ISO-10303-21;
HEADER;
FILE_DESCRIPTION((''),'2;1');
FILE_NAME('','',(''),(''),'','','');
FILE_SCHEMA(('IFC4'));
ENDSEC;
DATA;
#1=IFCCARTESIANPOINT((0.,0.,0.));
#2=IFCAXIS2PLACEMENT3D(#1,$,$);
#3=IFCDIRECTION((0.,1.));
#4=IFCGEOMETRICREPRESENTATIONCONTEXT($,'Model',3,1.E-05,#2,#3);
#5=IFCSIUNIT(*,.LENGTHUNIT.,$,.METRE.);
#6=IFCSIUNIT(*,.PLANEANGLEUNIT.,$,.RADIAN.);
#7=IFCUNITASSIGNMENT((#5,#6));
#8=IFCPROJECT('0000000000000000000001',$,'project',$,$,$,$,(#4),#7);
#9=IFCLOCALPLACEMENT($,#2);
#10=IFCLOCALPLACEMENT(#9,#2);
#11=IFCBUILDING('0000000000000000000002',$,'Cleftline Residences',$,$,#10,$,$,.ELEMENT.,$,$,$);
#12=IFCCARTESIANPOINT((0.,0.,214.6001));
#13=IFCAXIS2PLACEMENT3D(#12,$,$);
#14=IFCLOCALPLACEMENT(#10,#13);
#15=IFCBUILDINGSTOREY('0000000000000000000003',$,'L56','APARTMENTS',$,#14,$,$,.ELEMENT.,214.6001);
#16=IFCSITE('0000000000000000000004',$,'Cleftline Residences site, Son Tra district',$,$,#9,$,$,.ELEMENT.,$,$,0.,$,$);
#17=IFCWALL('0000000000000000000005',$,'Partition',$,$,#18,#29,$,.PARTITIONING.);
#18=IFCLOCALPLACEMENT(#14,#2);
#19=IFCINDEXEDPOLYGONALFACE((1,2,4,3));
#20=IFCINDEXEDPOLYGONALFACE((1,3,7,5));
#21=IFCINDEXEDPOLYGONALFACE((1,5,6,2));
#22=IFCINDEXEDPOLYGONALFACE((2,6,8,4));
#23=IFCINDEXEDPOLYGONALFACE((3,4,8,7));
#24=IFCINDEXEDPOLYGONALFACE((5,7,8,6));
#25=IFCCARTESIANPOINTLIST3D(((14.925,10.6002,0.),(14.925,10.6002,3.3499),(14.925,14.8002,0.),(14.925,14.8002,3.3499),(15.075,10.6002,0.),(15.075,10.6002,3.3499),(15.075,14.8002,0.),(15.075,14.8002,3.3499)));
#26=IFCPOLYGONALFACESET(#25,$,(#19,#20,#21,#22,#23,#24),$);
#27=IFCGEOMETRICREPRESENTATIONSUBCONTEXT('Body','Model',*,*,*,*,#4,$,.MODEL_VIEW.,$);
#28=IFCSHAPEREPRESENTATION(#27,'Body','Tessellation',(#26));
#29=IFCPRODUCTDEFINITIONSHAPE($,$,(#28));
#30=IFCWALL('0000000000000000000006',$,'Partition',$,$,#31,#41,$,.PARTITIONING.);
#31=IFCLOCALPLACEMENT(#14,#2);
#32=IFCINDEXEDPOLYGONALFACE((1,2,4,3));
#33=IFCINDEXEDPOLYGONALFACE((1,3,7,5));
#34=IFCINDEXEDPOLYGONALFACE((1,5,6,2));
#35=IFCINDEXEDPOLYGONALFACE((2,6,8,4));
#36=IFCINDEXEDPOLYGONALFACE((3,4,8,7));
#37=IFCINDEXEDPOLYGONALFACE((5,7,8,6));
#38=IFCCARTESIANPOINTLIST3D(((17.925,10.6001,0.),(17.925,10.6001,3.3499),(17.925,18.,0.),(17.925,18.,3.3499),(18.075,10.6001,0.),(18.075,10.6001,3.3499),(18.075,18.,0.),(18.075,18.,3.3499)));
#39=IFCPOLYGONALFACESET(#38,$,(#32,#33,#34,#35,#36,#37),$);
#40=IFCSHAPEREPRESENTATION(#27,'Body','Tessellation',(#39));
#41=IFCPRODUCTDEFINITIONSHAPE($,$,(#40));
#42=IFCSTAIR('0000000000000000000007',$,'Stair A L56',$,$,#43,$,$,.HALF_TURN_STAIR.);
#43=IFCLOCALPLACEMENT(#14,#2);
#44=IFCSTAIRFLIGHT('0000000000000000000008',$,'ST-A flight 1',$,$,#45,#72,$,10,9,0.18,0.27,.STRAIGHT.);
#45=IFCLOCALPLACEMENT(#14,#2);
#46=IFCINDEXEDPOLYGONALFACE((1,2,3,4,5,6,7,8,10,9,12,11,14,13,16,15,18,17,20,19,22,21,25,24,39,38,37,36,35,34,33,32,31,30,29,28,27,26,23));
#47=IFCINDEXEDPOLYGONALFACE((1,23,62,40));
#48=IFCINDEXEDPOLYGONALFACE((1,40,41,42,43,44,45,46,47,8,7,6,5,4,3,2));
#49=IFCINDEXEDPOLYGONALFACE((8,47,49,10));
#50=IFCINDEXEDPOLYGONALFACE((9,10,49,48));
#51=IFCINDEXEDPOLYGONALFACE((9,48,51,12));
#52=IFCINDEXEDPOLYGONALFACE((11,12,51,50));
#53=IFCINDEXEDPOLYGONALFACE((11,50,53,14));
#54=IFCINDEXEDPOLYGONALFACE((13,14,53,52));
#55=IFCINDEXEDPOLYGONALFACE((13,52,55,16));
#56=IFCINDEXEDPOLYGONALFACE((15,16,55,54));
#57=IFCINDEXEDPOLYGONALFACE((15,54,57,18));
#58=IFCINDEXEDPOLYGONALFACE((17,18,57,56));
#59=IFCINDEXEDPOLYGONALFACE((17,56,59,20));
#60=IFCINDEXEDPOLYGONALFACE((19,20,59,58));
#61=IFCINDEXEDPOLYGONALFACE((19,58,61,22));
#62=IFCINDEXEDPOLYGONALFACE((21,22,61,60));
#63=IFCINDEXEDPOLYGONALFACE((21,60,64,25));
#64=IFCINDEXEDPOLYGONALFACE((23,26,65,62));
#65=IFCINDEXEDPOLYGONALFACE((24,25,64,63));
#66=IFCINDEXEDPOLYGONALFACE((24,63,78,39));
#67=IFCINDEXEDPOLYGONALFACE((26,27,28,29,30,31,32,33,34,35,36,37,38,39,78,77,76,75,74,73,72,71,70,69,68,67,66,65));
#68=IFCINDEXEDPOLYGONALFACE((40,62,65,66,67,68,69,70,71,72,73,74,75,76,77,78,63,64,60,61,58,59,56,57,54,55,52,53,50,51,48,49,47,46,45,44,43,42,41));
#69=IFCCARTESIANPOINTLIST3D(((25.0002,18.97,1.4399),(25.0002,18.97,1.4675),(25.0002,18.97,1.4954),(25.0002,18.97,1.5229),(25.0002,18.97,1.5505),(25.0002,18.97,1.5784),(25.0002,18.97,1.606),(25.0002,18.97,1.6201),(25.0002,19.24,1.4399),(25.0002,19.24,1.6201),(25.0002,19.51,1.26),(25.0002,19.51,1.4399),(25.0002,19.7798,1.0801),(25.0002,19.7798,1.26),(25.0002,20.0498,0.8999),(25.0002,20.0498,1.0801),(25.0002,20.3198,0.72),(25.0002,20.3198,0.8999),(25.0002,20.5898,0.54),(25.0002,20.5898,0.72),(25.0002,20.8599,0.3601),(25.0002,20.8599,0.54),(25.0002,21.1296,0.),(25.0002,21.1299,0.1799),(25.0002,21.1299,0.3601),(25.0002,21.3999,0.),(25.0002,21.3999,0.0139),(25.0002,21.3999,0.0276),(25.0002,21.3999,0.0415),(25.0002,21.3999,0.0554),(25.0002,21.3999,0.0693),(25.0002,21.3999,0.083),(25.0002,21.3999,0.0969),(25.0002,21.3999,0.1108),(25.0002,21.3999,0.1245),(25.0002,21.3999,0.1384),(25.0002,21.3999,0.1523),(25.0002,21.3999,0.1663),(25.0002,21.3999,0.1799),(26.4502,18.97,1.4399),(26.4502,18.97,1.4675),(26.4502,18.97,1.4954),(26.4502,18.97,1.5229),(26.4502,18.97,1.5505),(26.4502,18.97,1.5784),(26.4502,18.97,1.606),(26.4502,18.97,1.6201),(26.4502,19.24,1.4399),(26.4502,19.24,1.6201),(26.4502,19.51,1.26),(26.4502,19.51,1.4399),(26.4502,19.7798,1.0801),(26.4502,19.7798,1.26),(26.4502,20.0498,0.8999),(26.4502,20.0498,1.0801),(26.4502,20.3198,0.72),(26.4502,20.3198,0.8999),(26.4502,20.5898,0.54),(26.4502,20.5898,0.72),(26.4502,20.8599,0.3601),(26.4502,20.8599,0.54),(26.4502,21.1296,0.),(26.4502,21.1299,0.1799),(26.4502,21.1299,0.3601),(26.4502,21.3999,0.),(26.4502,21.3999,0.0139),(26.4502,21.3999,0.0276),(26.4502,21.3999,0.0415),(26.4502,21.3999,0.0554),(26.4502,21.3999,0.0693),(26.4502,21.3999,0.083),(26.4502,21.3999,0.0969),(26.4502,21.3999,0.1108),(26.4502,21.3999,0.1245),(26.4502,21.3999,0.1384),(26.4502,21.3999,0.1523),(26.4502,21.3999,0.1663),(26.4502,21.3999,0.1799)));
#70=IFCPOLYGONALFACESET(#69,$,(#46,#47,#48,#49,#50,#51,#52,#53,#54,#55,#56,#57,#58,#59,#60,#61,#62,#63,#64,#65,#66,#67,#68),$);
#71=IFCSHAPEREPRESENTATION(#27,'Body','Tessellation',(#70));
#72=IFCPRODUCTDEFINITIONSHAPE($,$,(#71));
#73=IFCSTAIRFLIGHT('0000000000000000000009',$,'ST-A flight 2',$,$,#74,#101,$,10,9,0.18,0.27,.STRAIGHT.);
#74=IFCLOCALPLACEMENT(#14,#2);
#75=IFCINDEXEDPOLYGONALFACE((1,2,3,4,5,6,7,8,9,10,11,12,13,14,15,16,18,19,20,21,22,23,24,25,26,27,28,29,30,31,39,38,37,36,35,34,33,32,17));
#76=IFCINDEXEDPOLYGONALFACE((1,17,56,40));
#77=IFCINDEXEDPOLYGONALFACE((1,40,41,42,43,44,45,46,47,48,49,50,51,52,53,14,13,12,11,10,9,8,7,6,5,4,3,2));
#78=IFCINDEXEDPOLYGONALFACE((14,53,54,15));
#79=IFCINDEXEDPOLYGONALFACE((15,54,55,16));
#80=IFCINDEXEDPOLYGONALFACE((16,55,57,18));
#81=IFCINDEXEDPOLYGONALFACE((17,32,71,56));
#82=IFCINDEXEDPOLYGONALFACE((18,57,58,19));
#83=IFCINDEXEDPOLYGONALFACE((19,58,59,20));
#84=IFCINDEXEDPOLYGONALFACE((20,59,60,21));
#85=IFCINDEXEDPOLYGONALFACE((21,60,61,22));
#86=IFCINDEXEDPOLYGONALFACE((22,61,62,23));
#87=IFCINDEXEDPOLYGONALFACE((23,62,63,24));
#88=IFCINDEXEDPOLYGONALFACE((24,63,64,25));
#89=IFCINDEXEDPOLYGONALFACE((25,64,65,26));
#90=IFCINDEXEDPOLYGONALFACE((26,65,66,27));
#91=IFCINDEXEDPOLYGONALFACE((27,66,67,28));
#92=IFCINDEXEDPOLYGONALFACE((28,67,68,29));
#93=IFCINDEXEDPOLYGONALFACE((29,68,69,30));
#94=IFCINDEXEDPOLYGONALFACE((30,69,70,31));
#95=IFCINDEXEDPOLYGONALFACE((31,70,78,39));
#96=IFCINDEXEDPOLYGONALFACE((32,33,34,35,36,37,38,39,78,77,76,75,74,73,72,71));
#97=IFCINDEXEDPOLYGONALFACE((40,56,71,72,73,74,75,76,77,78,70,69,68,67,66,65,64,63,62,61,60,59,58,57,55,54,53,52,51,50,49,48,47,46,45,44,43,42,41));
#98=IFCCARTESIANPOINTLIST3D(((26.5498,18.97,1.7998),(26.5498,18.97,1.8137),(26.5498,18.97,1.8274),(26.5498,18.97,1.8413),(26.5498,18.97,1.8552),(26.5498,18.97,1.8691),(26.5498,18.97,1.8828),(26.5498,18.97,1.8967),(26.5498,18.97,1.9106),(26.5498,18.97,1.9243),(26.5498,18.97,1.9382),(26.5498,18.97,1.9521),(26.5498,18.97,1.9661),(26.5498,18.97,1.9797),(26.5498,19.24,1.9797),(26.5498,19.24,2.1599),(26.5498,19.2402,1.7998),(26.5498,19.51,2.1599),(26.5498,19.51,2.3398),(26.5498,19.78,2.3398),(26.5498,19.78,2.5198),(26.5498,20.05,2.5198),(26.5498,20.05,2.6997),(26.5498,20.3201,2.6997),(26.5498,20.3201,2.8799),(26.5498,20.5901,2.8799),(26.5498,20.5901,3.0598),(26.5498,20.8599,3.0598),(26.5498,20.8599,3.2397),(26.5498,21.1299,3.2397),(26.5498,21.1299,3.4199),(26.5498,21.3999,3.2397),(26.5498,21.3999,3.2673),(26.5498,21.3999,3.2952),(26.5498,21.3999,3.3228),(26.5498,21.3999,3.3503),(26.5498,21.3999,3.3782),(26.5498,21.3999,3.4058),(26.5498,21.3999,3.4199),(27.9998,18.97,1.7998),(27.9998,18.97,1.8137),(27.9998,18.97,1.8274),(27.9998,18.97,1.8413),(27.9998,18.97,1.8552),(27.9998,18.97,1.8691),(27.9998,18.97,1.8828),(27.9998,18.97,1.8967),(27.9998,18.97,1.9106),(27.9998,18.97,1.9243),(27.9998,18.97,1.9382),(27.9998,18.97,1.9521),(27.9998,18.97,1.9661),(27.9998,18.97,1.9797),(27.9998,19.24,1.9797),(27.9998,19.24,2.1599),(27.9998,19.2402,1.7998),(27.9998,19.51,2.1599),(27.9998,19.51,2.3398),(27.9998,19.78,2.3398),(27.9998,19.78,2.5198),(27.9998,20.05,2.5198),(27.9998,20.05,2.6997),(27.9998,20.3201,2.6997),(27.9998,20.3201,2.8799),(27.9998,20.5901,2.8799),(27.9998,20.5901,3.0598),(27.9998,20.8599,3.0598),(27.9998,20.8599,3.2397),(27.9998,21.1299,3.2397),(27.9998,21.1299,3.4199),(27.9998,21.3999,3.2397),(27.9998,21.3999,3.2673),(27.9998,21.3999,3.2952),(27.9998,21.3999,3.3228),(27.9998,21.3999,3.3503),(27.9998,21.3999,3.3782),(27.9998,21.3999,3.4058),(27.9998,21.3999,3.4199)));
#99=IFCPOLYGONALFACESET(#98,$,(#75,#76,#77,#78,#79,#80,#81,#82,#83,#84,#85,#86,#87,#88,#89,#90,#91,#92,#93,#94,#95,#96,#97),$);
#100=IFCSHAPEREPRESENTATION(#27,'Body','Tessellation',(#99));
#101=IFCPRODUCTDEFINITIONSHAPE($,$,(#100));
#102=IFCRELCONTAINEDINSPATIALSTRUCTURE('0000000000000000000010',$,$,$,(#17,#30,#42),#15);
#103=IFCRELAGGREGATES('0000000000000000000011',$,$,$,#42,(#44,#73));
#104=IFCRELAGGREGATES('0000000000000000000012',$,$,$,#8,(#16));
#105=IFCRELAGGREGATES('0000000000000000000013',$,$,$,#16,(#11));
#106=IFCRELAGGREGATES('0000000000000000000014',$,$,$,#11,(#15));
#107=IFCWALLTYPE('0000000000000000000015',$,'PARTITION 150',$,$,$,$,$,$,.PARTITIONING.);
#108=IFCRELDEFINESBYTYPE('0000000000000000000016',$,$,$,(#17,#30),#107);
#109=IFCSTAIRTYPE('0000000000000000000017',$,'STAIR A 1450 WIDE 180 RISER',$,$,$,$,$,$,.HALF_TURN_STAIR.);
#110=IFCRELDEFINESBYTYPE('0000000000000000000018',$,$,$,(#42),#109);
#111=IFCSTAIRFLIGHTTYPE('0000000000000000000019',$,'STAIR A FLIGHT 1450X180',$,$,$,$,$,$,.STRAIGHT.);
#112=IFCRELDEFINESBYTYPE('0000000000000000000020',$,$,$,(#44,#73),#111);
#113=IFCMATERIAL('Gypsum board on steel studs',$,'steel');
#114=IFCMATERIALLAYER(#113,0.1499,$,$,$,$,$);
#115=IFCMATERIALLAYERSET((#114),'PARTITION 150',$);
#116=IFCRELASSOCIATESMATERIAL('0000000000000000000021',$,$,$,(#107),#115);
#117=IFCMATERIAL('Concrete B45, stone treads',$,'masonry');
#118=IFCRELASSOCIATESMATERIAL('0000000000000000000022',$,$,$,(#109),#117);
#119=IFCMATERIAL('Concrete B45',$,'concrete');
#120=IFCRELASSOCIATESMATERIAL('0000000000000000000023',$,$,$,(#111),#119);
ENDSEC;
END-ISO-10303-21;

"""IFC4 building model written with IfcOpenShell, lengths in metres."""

from ifc_helpers import new_model, si_unit, direction, frame, frame_2d, origin, place, context, subcontext, project, spatial, polyline, rectangle, outline, extrude, material, layer, layer_set, type_object, element, aggregate, save


model = new_model("IFC4")

# Units and contexts
model_context = context("Model", 3, precision=1e-05, world=origin(), true_north=direction((0.0, 1.0)))
body_context = subcontext(model_context, "Body", "Model", "MODEL_VIEW")
ifc_project = project(units=[si_unit("LENGTHUNIT", "METRE"), si_unit("PLANEANGLEUNIT", "RADIAN")], contexts=[model_context])

# Site, building, storey
site_placement = place(None, origin())
site = spatial("IfcSite", under=ifc_project, at=site_placement, Name="Cleftline Residences site, Son Tra district", CompositionType="ELEMENT", RefElevation=0.0)
building_placement = place(site_placement, origin())
building = spatial("IfcBuilding", under=site, at=building_placement, Name="Cleftline Residences", CompositionType="ELEMENT")
storey_placement = place(building_placement, frame((0.0, 0.0, 214.6001)))
storey = spatial("IfcBuildingStorey", under=building, at=storey_placement, Name="L56", Description="APARTMENTS", CompositionType="ELEMENT", Elevation=214.6001)

# Shared definitions
ifc_material_1 = material(Name="Gypsum board on steel studs", Category="steel")
ifc_layer_1 = layer(ifc_material_1, 0.1499)
ifc_layer_set_1 = layer_set([ifc_layer_1], Name="PARTITION 150")
wall_type_1 = type_object("IfcWallType", Name="PARTITION 150", PredefinedType="PARTITIONING", material=ifc_layer_set_1)

# Walls
wall_1_placement = place(storey_placement, frame((15.0, 10.6001, 0.0), z_axis=(0.0, 0.0, 1.0), x_axis=(0.0, 1.0, 0.0)))
element("IfcWall", 1, at=wall_1_placement, inside=storey, type_object=wall_type_1, Name="Partition", PredefinedType="PARTITIONING", context=body_context, shape_type="SweptSolid", body=[
    extrude(rectangle(XDim=4.2, YDim=0.1499, at=frame_2d((2.1001, 0.0))), origin(), (0.0, 0.0, 1.0), 3.3499),
])
wall_2_placement = place(storey_placement, frame((18.0, 10.6001, 0.0), z_axis=(0.0, 0.0, 1.0), x_axis=(0.0, 1.0, 0.0)))
element("IfcWall", 2, at=wall_2_placement, inside=storey, type_object=wall_type_1, Name="Partition", PredefinedType="PARTITIONING", context=body_context, shape_type="SweptSolid", body=[
    extrude(rectangle(XDim=7.3999, YDim=0.1499, at=frame_2d((3.7, 0.0))), origin(), (0.0, 0.0, 1.0), 3.3499),
])

# Stair, stair flights
ifc_material_2 = material(Name="Concrete B45, stone treads", Category="masonry")
stair_type = type_object("IfcStairType", Name="STAIR A 1450 WIDE 180 RISER", PredefinedType="HALF_TURN_STAIR", material=ifc_material_2)
stair_placement = place(storey_placement, origin())
stair = element("IfcStair", 3, at=stair_placement, inside=storey, type_object=stair_type, Name="Stair A L56", PredefinedType="HALF_TURN_STAIR")
ifc_material_3 = material(Name="Concrete B45", Category="concrete")
stair_flight_type = type_object("IfcStairFlightType", Name="STAIR A FLIGHT 1450X180", PredefinedType="STRAIGHT", material=ifc_material_3)
stair_flight_1_placement = place(storey_placement, frame((25.7251, 21.3999, 0.0), z_axis=(0.0, 0.0, 1.0), x_axis=(0.0, -1.0, 0.0)))
stair_flight_1 = element("IfcStairFlight", 4, at=stair_flight_1_placement, type_object=stair_flight_type, Name="ST-A flight 1", NumberOfRisers=10, NumberOfTreads=9, PredefinedType="STRAIGHT", RiserHeight=0.18, TreadLength=0.27, context=body_context, shape_type="SweptSolid", body=[
    extrude(outline(polyline([(0.0, 0.0), (0.0, 0.0139), (0.0, 0.0276), (0.0, 0.0415), (0.0, 0.0554), (0.0, 0.0693), (0.0, 0.083), (0.0, 0.0969), (0.0, 0.1108), (0.0, 0.1245), (0.0, 0.1384), (0.0, 0.1523), (0.0, 0.1663), (0.0, 0.1799), (0.27, 0.1799), (0.27, 0.3601), (0.54, 0.3601), (0.54, 0.54), (0.8101, 0.54), (0.8101, 0.72), (1.0801, 0.72), (1.0801, 0.8999), (1.3501, 0.8999), (1.3501, 1.0801), (1.6201, 1.0801), (1.6201, 1.26), (1.8899, 1.26), (1.8899, 1.4399), (2.1599, 1.4399), (2.1599, 1.6201), (2.4299, 1.6201), (2.4299, 1.8), (2.4299, 1.7722), (2.4299, 1.7446), (2.4299, 1.7168), (2.4299, 1.6892), (2.4299, 1.6614), (2.4299, 1.6338), (2.4299, 1.606), (2.4299, 1.5784), (2.4299, 1.5505), (2.4299, 1.5229), (2.4299, 1.4954), (2.4299, 1.4675), (2.4299, 1.4399), (0.2703, 0.0), (0.0, 0.0)])), frame((0.0, 0.7251, 0.0), z_axis=(0.0, -1.0, 0.0), x_axis=(1.0, 0.0, 0.0)), (0.0, 0.0, 1.0), 1.45),
])
stair_flight_2_placement = place(storey_placement, frame((27.2749, 18.97, 1.7998), z_axis=(0.0, 0.0, 1.0), x_axis=(0.0, 1.0, 0.0)))
stair_flight_2 = element("IfcStairFlight", 5, at=stair_flight_2_placement, type_object=stair_flight_type, Name="ST-A flight 2", NumberOfRisers=10, NumberOfTreads=9, PredefinedType="STRAIGHT", RiserHeight=0.18, TreadLength=0.27, context=body_context, shape_type="SweptSolid", body=[
    extrude(outline(polyline([(0.0, 0.0), (0.0, 0.0139), (0.0, 0.0276), (0.0, 0.0415), (0.0, 0.0554), (0.0, 0.0693), (0.0, 0.083), (0.0, 0.0969), (0.0, 0.1108), (0.0, 0.1245), (0.0, 0.1384), (0.0, 0.1523), (0.0, 0.1663), (0.0, 0.1799), (0.27, 0.1799), (0.27, 0.3601), (0.54, 0.3601), (0.54, 0.54), (0.8101, 0.54), (0.8101, 0.72), (1.0801, 0.72), (1.0801, 0.8999), (1.3501, 0.8999), (1.3501, 1.0801), (1.6201, 1.0801), (1.6201, 1.26), (1.8899, 1.26), (1.8899, 1.4399), (2.1599, 1.4399), (2.1599, 1.6201), (2.4299, 1.6201), (2.4299, 1.8), (2.4299, 1.7722), (2.4299, 1.7446), (2.4299, 1.7168), (2.4299, 1.6892), (2.4299, 1.6614), (2.4299, 1.6338), (2.4299, 1.606), (2.4299, 1.5784), (2.4299, 1.5505), (2.4299, 1.5229), (2.4299, 1.4954), (2.4299, 1.4675), (2.4299, 1.4399), (0.2703, 0.0), (0.0, 0.0)])), frame((0.0, 0.7251, 0.0), z_axis=(0.0, -1.0, 0.0), x_axis=(1.0, 0.0, 0.0)), (0.0, 0.0, 1.0), 1.45),
])
aggregate(stair, [stair_flight_1, stair_flight_2])

save(model, "model.ifc")
